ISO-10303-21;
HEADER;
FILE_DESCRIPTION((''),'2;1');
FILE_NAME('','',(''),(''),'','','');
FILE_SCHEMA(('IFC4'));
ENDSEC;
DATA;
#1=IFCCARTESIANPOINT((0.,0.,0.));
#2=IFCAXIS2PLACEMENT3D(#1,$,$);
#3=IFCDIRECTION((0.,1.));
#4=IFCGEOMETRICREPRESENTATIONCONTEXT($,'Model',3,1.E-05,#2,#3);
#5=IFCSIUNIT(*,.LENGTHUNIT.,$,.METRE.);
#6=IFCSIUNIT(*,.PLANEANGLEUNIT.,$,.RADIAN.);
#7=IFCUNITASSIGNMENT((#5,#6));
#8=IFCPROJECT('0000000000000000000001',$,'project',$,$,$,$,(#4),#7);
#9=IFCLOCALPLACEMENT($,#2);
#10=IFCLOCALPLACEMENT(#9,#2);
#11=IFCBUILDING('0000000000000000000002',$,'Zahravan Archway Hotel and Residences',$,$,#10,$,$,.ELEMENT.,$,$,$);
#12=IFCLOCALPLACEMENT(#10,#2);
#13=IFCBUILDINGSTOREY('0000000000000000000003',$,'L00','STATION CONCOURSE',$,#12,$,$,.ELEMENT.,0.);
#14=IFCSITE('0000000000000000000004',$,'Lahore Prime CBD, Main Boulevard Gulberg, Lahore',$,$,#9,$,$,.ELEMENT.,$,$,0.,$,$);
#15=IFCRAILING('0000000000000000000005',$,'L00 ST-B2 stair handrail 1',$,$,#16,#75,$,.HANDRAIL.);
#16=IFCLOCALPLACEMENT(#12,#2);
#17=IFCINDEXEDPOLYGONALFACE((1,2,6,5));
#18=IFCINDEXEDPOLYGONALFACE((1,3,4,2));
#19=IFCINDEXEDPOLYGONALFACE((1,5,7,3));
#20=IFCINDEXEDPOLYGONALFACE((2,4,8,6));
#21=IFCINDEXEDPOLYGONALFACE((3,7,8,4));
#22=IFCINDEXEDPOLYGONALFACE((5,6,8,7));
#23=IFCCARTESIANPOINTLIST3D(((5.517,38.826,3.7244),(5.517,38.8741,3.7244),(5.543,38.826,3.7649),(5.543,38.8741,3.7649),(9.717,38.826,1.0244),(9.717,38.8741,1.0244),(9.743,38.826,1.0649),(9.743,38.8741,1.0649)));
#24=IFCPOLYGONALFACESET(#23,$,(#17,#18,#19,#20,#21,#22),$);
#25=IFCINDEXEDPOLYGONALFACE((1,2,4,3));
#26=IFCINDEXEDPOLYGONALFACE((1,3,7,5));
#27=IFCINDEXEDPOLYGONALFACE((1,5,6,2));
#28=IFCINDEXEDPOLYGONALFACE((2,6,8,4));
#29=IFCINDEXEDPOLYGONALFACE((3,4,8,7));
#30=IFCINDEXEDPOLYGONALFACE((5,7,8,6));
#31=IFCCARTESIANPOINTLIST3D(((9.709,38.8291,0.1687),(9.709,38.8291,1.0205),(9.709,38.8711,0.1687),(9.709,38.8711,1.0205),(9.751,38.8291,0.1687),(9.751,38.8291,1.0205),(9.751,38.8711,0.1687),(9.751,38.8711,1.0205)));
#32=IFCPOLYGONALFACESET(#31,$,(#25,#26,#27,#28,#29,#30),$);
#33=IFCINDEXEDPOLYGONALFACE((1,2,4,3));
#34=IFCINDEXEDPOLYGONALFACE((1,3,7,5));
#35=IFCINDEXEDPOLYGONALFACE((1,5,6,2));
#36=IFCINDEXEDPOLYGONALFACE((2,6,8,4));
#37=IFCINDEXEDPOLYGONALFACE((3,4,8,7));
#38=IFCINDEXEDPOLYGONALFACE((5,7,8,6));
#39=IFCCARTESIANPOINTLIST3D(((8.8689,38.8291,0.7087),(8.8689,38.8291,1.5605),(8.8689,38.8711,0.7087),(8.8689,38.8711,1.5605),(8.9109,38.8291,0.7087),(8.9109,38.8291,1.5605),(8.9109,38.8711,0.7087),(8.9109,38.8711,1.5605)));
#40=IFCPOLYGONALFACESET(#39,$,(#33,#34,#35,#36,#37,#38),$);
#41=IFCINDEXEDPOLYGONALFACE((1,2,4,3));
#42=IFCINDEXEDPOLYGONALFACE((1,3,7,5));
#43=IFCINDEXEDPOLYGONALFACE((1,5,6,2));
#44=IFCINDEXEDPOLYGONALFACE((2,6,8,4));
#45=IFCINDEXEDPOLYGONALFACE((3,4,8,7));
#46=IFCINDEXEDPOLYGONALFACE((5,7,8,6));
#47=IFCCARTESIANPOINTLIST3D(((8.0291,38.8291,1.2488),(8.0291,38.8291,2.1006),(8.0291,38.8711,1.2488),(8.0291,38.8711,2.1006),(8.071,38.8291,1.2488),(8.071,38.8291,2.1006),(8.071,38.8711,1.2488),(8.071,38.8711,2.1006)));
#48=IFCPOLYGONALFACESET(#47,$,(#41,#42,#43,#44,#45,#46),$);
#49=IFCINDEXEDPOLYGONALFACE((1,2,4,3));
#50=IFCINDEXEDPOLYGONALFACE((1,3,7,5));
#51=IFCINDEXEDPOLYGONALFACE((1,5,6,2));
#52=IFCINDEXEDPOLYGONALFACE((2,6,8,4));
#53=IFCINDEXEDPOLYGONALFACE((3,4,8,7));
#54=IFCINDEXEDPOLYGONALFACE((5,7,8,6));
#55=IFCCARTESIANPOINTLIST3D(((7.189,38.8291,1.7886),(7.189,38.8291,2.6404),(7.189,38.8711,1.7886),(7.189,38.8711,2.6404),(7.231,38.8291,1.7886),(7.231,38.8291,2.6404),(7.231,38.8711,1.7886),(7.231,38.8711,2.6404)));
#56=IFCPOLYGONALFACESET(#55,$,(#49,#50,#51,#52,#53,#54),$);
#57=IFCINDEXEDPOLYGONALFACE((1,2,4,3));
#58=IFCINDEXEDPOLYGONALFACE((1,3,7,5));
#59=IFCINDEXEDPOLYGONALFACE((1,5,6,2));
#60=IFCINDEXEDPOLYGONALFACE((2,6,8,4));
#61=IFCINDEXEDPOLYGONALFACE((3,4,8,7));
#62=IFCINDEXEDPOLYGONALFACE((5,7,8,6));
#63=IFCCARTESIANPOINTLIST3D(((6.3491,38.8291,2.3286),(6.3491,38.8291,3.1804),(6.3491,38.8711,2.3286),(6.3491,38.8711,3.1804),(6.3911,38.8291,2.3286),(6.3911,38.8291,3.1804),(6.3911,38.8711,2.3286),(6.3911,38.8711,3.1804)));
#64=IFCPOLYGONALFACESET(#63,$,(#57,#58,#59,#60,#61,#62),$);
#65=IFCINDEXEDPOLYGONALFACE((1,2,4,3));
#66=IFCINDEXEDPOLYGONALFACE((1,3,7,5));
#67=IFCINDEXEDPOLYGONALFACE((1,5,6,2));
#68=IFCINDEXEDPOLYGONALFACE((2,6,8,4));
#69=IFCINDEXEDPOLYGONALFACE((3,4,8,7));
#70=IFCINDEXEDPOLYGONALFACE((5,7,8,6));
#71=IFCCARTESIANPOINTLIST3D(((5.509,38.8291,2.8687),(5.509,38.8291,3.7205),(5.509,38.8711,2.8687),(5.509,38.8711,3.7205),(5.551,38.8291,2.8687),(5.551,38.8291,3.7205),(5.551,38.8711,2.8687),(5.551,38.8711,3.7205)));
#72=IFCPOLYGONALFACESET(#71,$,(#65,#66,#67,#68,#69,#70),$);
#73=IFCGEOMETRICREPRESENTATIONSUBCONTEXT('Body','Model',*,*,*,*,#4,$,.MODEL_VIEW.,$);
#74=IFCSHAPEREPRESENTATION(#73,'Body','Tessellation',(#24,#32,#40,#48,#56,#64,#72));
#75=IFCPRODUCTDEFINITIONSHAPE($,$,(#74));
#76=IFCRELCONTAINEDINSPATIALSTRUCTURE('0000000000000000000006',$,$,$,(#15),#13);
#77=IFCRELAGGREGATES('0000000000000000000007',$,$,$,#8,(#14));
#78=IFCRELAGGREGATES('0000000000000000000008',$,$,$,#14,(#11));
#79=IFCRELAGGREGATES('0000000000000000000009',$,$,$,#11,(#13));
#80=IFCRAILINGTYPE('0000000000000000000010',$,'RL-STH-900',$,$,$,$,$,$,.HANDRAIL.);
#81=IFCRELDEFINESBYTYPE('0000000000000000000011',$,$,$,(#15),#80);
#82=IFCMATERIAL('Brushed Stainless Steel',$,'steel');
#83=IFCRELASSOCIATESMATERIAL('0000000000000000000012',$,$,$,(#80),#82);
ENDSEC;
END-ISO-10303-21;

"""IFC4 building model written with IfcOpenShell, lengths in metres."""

from ifc_helpers import new_model, si_unit, direction, frame, origin, origin_2d, place, context, subcontext, project, spatial, rectangle, extrude, material, type_object, element, save


model = new_model("IFC4")

# Units and contexts
model_context = context("Model", 3, precision=1e-05, world=origin(), true_north=direction((0.0, 1.0)))
body_context = subcontext(model_context, "Body", "Model", "MODEL_VIEW")
ifc_project = project(units=[si_unit("LENGTHUNIT", "METRE"), si_unit("PLANEANGLEUNIT", "RADIAN")], contexts=[model_context])

# Site, building, storey
site_placement = place(None, origin())
site = spatial("IfcSite", under=ifc_project, at=site_placement, Name="Lahore Prime CBD, Main Boulevard Gulberg, Lahore", CompositionType="ELEMENT", RefElevation=0.0)
building_placement = place(site_placement, origin())
building = spatial("IfcBuilding", under=site, at=building_placement, Name="Zahravan Archway Hotel and Residences", CompositionType="ELEMENT")
storey_placement = place(building_placement, origin())
storey = spatial("IfcBuildingStorey", under=building, at=storey_placement, Name="L00", Description="STATION CONCOURSE", CompositionType="ELEMENT", Elevation=0.0)

# Shared definitions
ifc_material_1 = material(Name="Brushed Stainless Steel", Category="steel")

# Railing
railing_type_1 = type_object("IfcRailingType", Name="RL-STH-900", PredefinedType="HANDRAIL", material=ifc_material_1)
railing_1_placement = place(storey_placement, frame((9.73, 38.8501, 0.1687)))
element("IfcRailing", 1, at=railing_1_placement, inside=storey, type_object=railing_type_1, Name="L00 ST-B2 stair handrail 1", PredefinedType="HANDRAIL", context=body_context, shape_type="SweptSolid", body=[
    extrude(rectangle(XDim=0.0481, YDim=0.0481, at=origin_2d()), frame((0.0, 0.0, 0.876), z_axis=(-0.84118, 0.0, 0.540755), x_axis=(0.0, -1.0, 0.0)), (0.0, 0.0, 1.0), 4.9929),
    extrude(rectangle(XDim=0.042, YDim=0.042, at=origin_2d()), origin(), (0.0, 0.0, 1.0), 0.8518),
    extrude(rectangle(XDim=0.042, YDim=0.042, at=origin_2d()), frame((-0.8401, 0.0, 0.54)), (0.0, 0.0, 1.0), 0.8518),
    extrude(rectangle(XDim=0.042, YDim=0.042, at=origin_2d()), frame((-1.6799, 0.0, 1.0801)), (0.0, 0.0, 1.0), 0.8518),
    extrude(rectangle(XDim=0.042, YDim=0.042, at=origin_2d()), frame((-2.52, 0.0, 1.6199)), (0.0, 0.0, 1.0), 0.8518),
    extrude(rectangle(XDim=0.042, YDim=0.042, at=origin_2d()), frame((-3.3599, 0.0, 2.1599)), (0.0, 0.0, 1.0), 0.8518),
    extrude(rectangle(XDim=0.042, YDim=0.042, at=origin_2d()), frame((-4.2, 0.0, 2.7)), (0.0, 0.0, 1.0), 0.8518),
])

save(model, "model.ifc")
